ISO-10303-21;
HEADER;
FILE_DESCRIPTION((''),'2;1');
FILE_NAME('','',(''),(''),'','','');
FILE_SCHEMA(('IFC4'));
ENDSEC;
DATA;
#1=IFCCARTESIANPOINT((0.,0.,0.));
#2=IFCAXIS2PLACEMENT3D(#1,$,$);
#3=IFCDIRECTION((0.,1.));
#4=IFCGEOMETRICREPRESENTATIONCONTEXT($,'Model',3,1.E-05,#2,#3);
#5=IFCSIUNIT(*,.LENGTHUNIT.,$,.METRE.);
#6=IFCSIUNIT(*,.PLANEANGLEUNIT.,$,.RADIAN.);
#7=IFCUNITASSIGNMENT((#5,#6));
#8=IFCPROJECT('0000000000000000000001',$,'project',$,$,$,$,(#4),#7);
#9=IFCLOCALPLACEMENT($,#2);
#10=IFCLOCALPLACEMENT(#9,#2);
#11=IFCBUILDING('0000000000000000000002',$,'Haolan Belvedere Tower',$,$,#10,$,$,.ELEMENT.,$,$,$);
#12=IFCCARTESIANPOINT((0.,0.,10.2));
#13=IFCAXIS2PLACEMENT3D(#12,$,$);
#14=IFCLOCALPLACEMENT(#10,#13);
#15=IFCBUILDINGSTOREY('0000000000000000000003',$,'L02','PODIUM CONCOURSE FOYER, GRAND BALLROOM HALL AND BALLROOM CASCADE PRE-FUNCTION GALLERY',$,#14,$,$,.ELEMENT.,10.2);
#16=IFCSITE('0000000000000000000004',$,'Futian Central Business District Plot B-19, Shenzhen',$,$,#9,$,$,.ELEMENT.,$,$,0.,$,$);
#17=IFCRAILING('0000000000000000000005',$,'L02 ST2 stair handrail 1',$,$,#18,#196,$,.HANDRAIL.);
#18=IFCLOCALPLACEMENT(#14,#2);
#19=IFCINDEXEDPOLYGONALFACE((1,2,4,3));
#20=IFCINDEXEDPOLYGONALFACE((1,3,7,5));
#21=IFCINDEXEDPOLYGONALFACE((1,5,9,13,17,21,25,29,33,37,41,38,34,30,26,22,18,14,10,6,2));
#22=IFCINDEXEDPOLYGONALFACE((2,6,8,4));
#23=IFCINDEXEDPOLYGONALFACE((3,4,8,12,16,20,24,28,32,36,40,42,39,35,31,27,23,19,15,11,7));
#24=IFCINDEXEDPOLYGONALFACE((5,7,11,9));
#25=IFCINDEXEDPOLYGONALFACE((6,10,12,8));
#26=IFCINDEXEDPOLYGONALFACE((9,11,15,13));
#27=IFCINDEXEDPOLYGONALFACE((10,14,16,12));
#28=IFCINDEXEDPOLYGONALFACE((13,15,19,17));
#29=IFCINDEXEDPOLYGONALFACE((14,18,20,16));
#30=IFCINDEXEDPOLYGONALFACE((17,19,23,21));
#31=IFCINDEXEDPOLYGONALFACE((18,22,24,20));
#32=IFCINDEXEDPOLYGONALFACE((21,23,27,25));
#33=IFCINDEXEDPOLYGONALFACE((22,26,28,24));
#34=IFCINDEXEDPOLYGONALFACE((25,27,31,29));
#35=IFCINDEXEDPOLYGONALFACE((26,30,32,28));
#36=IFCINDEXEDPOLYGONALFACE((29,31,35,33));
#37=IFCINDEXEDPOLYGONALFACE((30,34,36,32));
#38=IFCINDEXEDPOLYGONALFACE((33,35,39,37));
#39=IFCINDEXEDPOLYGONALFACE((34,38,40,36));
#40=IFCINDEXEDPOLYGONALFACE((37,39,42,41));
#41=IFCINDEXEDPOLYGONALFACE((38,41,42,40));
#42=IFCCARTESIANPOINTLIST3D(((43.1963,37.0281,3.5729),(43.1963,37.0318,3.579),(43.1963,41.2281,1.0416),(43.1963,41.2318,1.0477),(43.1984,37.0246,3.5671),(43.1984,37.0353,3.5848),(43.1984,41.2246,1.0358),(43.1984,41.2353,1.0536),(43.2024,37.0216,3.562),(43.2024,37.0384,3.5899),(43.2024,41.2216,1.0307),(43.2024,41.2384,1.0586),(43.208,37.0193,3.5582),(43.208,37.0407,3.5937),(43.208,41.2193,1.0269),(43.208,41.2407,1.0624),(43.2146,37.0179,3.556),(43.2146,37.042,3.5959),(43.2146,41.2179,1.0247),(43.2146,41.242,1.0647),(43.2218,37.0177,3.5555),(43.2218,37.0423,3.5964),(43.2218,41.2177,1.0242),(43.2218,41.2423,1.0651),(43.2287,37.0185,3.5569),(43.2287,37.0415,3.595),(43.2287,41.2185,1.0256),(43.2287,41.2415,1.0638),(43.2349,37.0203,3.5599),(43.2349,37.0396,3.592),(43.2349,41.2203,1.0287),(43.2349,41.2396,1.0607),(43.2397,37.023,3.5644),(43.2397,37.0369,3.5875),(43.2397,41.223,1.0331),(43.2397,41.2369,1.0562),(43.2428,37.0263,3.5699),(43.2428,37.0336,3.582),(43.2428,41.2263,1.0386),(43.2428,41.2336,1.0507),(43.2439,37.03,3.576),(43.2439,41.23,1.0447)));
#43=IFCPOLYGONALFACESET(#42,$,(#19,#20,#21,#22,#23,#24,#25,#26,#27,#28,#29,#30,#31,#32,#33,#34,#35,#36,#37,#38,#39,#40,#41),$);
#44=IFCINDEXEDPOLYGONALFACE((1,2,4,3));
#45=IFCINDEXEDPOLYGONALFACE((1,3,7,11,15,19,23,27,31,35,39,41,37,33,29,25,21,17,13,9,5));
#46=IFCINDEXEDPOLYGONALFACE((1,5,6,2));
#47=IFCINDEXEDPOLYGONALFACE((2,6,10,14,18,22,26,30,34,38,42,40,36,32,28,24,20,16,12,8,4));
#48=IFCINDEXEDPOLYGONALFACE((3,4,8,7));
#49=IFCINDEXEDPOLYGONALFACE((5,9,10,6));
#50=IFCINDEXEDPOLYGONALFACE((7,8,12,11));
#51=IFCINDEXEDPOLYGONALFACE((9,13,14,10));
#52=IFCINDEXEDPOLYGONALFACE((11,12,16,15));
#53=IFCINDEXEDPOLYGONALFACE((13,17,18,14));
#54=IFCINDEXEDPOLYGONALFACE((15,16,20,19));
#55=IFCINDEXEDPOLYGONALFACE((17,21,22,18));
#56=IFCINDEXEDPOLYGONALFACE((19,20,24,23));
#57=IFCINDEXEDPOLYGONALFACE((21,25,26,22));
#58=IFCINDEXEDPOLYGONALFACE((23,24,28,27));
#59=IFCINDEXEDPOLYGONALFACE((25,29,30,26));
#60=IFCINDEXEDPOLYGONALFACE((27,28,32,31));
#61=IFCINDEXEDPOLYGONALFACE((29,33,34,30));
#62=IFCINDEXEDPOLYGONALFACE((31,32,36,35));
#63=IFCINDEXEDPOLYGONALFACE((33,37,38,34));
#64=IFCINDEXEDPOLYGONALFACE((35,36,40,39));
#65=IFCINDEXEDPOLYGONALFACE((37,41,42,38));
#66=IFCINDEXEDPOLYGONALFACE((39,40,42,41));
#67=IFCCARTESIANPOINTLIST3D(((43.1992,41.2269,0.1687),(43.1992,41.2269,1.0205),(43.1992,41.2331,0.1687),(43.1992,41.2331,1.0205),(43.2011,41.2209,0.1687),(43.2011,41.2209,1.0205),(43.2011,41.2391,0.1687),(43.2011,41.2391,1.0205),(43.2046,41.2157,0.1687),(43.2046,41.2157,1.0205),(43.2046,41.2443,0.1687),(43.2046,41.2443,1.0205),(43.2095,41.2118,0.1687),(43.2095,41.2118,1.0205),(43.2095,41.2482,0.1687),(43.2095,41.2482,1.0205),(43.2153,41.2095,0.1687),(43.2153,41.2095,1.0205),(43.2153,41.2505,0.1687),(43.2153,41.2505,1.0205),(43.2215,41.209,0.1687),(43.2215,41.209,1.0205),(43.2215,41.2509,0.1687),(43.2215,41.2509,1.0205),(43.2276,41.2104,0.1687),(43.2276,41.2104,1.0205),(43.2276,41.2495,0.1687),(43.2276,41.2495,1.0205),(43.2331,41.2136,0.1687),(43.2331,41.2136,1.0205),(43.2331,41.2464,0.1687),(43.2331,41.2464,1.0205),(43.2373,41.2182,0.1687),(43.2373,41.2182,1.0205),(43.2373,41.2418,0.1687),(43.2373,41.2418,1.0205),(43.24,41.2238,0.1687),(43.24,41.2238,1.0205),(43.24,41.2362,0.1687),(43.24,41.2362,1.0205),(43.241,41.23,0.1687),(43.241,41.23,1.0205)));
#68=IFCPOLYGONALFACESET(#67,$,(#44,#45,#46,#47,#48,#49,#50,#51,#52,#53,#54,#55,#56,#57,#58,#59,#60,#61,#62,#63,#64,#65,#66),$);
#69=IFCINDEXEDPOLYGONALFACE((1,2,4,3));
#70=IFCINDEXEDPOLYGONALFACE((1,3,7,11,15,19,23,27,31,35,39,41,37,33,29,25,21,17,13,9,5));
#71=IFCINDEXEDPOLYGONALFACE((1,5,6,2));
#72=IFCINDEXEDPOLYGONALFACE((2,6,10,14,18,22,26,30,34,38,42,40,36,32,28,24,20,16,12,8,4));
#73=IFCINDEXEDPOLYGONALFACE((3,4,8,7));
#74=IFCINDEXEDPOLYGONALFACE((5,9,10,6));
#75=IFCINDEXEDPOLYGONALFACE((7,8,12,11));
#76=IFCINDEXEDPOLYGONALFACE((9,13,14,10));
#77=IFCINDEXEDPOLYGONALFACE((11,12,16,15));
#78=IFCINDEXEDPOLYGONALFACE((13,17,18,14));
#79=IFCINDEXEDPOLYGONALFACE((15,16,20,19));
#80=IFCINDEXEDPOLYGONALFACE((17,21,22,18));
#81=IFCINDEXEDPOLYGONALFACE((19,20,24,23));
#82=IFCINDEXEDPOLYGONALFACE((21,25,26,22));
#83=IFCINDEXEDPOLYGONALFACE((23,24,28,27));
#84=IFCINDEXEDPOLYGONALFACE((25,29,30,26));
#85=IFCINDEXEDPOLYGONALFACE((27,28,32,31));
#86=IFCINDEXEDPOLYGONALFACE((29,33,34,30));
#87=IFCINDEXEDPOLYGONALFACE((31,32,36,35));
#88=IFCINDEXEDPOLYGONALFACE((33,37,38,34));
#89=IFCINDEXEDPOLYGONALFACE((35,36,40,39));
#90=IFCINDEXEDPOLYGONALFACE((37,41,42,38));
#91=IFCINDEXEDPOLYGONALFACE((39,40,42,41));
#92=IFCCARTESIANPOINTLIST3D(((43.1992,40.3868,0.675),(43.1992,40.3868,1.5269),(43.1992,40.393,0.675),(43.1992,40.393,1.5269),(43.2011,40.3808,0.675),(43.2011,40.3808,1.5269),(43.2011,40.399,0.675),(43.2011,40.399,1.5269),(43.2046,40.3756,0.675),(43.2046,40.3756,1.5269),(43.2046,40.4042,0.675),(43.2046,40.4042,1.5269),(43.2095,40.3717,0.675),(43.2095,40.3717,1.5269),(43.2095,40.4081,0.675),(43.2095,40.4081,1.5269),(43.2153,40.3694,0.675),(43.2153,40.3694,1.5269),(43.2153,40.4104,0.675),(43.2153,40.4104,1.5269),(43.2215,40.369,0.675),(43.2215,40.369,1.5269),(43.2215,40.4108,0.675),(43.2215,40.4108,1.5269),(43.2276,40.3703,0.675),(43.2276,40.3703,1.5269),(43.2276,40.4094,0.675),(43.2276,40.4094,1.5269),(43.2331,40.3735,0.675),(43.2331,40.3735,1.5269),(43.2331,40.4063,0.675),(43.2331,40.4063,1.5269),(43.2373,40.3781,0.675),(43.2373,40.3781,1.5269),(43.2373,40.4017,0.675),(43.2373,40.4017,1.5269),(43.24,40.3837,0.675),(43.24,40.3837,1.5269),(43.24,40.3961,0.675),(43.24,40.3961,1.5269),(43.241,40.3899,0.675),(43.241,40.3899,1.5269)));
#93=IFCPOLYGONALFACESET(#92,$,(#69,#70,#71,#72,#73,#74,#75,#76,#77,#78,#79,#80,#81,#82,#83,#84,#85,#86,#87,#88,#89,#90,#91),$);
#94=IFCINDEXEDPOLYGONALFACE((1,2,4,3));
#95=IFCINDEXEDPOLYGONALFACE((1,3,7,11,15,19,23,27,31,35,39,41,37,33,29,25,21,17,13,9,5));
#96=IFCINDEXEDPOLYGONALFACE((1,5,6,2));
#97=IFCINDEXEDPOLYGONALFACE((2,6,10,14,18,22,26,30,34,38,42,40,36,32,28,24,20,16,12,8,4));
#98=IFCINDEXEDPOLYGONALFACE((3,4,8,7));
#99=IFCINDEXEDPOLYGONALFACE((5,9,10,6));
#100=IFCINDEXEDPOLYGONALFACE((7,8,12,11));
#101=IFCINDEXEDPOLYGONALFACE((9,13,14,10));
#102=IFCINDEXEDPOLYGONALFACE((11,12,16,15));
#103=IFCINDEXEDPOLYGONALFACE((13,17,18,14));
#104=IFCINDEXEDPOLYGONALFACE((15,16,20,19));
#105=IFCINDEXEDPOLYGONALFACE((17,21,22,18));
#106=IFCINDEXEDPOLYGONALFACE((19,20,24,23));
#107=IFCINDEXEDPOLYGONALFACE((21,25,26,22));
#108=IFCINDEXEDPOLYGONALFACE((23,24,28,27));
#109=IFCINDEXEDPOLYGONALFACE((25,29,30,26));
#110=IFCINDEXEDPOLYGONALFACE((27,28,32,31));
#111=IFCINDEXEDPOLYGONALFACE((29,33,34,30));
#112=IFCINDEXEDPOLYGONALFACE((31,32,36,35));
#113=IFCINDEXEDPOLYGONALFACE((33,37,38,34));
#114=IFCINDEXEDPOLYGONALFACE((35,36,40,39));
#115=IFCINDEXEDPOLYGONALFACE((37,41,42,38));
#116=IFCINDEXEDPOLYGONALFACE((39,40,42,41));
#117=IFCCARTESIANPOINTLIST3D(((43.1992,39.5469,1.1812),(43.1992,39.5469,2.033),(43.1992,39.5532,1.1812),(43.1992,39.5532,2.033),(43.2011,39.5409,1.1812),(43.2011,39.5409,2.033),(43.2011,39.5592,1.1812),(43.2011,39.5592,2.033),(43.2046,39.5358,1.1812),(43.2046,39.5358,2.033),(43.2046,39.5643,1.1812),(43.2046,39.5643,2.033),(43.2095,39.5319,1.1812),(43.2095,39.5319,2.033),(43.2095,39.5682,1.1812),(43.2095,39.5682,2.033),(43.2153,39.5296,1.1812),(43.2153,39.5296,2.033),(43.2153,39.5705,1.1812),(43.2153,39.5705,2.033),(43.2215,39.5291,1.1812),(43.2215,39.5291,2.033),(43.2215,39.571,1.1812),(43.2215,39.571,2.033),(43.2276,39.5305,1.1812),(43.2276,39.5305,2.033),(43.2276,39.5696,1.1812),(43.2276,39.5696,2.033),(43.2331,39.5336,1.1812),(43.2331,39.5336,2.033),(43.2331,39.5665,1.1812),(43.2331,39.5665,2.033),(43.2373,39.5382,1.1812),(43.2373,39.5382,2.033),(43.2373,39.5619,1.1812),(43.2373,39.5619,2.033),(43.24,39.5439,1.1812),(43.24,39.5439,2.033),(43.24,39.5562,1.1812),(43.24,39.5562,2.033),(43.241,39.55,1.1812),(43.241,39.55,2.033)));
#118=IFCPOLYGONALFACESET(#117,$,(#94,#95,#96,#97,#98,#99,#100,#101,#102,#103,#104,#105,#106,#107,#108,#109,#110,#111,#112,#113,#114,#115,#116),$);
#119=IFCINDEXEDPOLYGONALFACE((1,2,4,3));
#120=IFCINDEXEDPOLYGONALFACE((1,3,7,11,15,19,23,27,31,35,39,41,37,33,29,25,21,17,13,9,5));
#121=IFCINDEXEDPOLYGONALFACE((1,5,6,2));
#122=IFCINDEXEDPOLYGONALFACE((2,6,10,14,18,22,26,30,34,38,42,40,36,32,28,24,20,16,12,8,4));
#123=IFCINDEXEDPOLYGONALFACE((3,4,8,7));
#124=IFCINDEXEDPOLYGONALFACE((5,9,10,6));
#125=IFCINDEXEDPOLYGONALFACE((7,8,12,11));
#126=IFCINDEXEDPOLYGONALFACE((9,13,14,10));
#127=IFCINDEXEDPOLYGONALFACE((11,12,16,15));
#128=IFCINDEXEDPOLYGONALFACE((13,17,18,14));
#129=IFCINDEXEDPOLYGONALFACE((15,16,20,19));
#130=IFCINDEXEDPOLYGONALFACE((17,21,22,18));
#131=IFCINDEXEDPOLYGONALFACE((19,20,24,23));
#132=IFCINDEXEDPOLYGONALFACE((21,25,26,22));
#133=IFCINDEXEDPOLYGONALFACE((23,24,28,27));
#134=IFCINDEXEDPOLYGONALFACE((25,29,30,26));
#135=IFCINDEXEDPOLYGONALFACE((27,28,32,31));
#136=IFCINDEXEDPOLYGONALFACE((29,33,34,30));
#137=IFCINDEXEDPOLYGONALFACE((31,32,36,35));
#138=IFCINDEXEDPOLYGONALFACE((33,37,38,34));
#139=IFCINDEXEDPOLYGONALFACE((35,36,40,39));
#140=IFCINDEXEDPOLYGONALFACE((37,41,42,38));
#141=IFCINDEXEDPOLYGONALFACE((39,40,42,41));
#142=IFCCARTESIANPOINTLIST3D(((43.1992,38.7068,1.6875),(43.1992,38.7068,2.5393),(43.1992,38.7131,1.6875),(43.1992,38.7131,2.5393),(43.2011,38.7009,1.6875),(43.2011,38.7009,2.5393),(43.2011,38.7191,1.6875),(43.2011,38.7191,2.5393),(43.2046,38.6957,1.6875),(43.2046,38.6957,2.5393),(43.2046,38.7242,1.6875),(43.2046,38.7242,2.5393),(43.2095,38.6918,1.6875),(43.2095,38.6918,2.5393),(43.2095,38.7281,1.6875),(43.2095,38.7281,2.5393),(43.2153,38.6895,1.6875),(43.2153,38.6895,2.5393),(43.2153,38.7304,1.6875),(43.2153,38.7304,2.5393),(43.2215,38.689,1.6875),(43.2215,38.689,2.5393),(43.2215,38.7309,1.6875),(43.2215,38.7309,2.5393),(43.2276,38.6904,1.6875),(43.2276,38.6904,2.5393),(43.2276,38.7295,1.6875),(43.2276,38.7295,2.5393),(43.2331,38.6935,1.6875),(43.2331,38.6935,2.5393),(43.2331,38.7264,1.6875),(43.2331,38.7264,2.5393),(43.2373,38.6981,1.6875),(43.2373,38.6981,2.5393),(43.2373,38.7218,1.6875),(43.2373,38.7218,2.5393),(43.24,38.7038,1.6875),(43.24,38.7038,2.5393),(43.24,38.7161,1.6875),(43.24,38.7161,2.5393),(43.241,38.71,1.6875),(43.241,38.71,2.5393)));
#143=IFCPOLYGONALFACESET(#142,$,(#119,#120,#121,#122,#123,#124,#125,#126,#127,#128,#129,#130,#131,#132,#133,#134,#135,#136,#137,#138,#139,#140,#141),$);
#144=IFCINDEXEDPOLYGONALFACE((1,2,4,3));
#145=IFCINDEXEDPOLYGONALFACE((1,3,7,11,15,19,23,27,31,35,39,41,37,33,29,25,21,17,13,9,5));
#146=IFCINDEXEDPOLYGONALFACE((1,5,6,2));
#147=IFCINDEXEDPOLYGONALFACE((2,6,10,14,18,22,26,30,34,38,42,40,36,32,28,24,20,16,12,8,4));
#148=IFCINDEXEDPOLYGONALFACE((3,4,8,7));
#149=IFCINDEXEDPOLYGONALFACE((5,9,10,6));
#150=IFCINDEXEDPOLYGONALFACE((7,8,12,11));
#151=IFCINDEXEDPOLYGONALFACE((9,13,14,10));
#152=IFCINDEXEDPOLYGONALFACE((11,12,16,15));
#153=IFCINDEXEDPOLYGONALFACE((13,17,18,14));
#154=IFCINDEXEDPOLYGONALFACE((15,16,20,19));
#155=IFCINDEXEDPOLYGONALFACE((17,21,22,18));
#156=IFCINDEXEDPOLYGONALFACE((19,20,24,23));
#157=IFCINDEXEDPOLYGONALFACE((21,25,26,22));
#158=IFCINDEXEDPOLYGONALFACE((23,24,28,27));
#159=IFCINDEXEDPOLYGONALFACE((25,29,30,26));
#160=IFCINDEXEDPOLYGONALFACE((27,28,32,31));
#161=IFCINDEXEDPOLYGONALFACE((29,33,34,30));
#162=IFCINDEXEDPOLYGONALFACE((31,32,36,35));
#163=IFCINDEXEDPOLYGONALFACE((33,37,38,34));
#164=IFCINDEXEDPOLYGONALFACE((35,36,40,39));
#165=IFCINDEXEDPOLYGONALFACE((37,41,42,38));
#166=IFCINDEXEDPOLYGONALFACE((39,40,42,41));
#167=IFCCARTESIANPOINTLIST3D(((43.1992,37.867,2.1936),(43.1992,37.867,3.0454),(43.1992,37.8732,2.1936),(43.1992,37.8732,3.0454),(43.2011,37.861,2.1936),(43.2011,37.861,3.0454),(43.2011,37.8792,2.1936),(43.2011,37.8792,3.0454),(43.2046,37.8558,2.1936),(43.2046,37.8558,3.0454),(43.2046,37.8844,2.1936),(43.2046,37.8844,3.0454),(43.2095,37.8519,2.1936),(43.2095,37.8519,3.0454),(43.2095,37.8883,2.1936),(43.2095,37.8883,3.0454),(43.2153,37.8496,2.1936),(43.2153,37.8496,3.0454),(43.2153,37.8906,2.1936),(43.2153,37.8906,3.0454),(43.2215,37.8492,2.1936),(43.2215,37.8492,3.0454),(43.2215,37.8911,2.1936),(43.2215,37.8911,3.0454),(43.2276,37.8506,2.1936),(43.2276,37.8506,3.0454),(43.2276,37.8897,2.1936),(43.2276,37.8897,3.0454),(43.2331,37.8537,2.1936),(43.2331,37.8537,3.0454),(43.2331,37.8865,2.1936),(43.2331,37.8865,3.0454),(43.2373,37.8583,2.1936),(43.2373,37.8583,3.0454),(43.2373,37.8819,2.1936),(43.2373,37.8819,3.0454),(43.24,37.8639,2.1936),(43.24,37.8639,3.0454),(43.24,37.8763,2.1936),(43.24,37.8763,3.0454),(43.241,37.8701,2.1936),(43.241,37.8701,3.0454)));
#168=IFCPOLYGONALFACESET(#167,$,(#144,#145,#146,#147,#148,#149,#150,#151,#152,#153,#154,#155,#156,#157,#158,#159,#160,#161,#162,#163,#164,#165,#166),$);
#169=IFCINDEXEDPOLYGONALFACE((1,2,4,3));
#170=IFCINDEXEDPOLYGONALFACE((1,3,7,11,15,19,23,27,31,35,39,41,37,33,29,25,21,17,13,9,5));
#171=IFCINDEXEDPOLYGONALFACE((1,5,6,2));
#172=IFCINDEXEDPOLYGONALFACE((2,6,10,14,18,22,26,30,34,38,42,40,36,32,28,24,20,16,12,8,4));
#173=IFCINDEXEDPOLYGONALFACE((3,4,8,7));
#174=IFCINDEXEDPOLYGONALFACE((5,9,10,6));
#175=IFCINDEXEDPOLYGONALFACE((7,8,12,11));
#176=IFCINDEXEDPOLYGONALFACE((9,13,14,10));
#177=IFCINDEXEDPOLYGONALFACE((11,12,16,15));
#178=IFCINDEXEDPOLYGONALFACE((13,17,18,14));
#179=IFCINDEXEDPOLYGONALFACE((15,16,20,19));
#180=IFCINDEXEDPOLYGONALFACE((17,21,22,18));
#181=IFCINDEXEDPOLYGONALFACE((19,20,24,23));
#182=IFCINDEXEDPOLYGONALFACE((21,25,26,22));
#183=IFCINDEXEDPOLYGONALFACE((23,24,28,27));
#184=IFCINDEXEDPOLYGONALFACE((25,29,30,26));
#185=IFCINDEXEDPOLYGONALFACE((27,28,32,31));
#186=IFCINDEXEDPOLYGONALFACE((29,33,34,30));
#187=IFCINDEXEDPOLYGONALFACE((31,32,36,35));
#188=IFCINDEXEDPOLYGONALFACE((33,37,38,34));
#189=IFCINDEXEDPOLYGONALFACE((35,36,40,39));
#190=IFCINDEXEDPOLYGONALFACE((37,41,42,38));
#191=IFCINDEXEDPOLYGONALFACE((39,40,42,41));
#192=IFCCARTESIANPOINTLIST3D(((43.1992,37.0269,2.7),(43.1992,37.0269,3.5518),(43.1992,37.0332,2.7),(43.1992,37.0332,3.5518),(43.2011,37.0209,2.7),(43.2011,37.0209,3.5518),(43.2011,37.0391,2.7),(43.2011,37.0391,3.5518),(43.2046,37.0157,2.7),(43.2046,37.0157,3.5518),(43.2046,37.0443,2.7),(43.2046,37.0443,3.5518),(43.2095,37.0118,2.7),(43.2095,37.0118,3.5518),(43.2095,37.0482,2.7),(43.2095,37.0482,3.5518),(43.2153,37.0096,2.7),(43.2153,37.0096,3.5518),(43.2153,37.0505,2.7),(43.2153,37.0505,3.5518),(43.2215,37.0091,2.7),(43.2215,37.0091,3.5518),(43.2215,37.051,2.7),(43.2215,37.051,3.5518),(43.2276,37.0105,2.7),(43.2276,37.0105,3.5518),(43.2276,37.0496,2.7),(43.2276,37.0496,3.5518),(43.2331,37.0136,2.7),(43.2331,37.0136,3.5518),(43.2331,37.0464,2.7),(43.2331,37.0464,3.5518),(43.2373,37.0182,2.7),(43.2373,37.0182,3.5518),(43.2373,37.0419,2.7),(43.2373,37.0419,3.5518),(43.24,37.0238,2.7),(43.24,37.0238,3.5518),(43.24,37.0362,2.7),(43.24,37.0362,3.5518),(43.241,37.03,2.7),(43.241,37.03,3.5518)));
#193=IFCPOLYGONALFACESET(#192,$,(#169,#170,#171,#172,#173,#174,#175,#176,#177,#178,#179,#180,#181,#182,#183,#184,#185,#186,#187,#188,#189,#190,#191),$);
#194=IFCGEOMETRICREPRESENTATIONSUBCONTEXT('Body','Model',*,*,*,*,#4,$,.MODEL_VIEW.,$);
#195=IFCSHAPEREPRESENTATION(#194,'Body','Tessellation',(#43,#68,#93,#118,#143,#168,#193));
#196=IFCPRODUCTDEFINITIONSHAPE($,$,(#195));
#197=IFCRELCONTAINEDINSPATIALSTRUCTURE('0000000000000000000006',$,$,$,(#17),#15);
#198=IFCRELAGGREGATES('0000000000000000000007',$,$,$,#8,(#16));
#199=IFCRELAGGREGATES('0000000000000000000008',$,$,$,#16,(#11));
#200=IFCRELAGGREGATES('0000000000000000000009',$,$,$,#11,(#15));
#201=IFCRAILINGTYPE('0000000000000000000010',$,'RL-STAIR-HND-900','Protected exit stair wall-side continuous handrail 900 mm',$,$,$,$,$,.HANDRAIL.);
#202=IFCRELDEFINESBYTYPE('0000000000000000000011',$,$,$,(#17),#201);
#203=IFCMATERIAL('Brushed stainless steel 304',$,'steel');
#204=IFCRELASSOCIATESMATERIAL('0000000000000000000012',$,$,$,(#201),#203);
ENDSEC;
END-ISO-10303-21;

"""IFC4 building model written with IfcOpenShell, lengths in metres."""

from ifc_helpers import new_model, si_unit, direction, frame, origin, origin_2d, place, context, subcontext, project, spatial, circle, extrude, material, type_object, element, save


model = new_model("IFC4")

# Units and contexts
model_context = context("Model", 3, precision=1e-05, world=origin(), true_north=direction((0.0, 1.0)))
body_context = subcontext(model_context, "Body", "Model", "MODEL_VIEW")
ifc_project = project(units=[si_unit("LENGTHUNIT", "METRE"), si_unit("PLANEANGLEUNIT", "RADIAN")], contexts=[model_context])

# Site, building, storey
site_placement = place(None, origin())
site = spatial("IfcSite", under=ifc_project, at=site_placement, Name="Futian Central Business District Plot B-19, Shenzhen", CompositionType="ELEMENT", RefElevation=0.0)
building_placement = place(site_placement, origin())
building = spatial("IfcBuilding", under=site, at=building_placement, Name="Haolan Belvedere Tower", CompositionType="ELEMENT")
storey_placement = place(building_placement, frame((0.0, 0.0, 10.2)))
storey = spatial("IfcBuildingStorey", under=building, at=storey_placement, Name="L02", Description="PODIUM CONCOURSE FOYER, GRAND BALLROOM HALL AND BALLROOM CASCADE PRE-FUNCTION GALLERY", CompositionType="ELEMENT", Elevation=10.2)

# Railing
ifc_material_1 = material(Name="Brushed stainless steel 304", Category="steel")
railing_type_1 = type_object("IfcRailingType", Name="RL-STAIR-HND-900", Description="Protected exit stair wall-side continuous handrail 900 mm", PredefinedType="HANDRAIL", material=ifc_material_1)
for number, where, name in (
    (1, (43.22, 41.23, 0.1687), "L02 ST2 stair handrail 1"),
):
    element("IfcRailing", number, at=place(storey_placement, frame(where)), inside=storey, type_object=railing_type_1, Name=name, PredefinedType="HANDRAIL", context=body_context, shape_type="SweptSolid", body=[
        extrude(circle(Radius=0.0239, at=origin_2d()), frame((0.0, 0.0, 0.876), z_axis=(0.0, -0.856476, 0.516186), x_axis=(1.0, 0.0, 0.0)), (0.0, 0.0, 1.0), 4.9038),
        extrude(circle(Radius=0.021, at=origin_2d()), origin(), (0.0, 0.0, 1.0), 0.8518),
        extrude(circle(Radius=0.021, at=origin_2d()), frame((0.0, -0.8401, 0.5063)), (0.0, 0.0, 1.0), 0.8518),
        extrude(circle(Radius=0.021, at=origin_2d()), frame((0.0, -1.6799, 1.0125)), (0.0, 0.0, 1.0), 0.8518),
        extrude(circle(Radius=0.021, at=origin_2d()), frame((0.0, -2.52, 1.5188)), (0.0, 0.0, 1.0), 0.8518),
        extrude(circle(Radius=0.021, at=origin_2d()), frame((0.0, -3.3599, 2.0249)), (0.0, 0.0, 1.0), 0.8518),
        extrude(circle(Radius=0.021, at=origin_2d()), frame((0.0, -4.2, 2.5312)), (0.0, 0.0, 1.0), 0.8518),
    ])

save(model, "model.ifc")
